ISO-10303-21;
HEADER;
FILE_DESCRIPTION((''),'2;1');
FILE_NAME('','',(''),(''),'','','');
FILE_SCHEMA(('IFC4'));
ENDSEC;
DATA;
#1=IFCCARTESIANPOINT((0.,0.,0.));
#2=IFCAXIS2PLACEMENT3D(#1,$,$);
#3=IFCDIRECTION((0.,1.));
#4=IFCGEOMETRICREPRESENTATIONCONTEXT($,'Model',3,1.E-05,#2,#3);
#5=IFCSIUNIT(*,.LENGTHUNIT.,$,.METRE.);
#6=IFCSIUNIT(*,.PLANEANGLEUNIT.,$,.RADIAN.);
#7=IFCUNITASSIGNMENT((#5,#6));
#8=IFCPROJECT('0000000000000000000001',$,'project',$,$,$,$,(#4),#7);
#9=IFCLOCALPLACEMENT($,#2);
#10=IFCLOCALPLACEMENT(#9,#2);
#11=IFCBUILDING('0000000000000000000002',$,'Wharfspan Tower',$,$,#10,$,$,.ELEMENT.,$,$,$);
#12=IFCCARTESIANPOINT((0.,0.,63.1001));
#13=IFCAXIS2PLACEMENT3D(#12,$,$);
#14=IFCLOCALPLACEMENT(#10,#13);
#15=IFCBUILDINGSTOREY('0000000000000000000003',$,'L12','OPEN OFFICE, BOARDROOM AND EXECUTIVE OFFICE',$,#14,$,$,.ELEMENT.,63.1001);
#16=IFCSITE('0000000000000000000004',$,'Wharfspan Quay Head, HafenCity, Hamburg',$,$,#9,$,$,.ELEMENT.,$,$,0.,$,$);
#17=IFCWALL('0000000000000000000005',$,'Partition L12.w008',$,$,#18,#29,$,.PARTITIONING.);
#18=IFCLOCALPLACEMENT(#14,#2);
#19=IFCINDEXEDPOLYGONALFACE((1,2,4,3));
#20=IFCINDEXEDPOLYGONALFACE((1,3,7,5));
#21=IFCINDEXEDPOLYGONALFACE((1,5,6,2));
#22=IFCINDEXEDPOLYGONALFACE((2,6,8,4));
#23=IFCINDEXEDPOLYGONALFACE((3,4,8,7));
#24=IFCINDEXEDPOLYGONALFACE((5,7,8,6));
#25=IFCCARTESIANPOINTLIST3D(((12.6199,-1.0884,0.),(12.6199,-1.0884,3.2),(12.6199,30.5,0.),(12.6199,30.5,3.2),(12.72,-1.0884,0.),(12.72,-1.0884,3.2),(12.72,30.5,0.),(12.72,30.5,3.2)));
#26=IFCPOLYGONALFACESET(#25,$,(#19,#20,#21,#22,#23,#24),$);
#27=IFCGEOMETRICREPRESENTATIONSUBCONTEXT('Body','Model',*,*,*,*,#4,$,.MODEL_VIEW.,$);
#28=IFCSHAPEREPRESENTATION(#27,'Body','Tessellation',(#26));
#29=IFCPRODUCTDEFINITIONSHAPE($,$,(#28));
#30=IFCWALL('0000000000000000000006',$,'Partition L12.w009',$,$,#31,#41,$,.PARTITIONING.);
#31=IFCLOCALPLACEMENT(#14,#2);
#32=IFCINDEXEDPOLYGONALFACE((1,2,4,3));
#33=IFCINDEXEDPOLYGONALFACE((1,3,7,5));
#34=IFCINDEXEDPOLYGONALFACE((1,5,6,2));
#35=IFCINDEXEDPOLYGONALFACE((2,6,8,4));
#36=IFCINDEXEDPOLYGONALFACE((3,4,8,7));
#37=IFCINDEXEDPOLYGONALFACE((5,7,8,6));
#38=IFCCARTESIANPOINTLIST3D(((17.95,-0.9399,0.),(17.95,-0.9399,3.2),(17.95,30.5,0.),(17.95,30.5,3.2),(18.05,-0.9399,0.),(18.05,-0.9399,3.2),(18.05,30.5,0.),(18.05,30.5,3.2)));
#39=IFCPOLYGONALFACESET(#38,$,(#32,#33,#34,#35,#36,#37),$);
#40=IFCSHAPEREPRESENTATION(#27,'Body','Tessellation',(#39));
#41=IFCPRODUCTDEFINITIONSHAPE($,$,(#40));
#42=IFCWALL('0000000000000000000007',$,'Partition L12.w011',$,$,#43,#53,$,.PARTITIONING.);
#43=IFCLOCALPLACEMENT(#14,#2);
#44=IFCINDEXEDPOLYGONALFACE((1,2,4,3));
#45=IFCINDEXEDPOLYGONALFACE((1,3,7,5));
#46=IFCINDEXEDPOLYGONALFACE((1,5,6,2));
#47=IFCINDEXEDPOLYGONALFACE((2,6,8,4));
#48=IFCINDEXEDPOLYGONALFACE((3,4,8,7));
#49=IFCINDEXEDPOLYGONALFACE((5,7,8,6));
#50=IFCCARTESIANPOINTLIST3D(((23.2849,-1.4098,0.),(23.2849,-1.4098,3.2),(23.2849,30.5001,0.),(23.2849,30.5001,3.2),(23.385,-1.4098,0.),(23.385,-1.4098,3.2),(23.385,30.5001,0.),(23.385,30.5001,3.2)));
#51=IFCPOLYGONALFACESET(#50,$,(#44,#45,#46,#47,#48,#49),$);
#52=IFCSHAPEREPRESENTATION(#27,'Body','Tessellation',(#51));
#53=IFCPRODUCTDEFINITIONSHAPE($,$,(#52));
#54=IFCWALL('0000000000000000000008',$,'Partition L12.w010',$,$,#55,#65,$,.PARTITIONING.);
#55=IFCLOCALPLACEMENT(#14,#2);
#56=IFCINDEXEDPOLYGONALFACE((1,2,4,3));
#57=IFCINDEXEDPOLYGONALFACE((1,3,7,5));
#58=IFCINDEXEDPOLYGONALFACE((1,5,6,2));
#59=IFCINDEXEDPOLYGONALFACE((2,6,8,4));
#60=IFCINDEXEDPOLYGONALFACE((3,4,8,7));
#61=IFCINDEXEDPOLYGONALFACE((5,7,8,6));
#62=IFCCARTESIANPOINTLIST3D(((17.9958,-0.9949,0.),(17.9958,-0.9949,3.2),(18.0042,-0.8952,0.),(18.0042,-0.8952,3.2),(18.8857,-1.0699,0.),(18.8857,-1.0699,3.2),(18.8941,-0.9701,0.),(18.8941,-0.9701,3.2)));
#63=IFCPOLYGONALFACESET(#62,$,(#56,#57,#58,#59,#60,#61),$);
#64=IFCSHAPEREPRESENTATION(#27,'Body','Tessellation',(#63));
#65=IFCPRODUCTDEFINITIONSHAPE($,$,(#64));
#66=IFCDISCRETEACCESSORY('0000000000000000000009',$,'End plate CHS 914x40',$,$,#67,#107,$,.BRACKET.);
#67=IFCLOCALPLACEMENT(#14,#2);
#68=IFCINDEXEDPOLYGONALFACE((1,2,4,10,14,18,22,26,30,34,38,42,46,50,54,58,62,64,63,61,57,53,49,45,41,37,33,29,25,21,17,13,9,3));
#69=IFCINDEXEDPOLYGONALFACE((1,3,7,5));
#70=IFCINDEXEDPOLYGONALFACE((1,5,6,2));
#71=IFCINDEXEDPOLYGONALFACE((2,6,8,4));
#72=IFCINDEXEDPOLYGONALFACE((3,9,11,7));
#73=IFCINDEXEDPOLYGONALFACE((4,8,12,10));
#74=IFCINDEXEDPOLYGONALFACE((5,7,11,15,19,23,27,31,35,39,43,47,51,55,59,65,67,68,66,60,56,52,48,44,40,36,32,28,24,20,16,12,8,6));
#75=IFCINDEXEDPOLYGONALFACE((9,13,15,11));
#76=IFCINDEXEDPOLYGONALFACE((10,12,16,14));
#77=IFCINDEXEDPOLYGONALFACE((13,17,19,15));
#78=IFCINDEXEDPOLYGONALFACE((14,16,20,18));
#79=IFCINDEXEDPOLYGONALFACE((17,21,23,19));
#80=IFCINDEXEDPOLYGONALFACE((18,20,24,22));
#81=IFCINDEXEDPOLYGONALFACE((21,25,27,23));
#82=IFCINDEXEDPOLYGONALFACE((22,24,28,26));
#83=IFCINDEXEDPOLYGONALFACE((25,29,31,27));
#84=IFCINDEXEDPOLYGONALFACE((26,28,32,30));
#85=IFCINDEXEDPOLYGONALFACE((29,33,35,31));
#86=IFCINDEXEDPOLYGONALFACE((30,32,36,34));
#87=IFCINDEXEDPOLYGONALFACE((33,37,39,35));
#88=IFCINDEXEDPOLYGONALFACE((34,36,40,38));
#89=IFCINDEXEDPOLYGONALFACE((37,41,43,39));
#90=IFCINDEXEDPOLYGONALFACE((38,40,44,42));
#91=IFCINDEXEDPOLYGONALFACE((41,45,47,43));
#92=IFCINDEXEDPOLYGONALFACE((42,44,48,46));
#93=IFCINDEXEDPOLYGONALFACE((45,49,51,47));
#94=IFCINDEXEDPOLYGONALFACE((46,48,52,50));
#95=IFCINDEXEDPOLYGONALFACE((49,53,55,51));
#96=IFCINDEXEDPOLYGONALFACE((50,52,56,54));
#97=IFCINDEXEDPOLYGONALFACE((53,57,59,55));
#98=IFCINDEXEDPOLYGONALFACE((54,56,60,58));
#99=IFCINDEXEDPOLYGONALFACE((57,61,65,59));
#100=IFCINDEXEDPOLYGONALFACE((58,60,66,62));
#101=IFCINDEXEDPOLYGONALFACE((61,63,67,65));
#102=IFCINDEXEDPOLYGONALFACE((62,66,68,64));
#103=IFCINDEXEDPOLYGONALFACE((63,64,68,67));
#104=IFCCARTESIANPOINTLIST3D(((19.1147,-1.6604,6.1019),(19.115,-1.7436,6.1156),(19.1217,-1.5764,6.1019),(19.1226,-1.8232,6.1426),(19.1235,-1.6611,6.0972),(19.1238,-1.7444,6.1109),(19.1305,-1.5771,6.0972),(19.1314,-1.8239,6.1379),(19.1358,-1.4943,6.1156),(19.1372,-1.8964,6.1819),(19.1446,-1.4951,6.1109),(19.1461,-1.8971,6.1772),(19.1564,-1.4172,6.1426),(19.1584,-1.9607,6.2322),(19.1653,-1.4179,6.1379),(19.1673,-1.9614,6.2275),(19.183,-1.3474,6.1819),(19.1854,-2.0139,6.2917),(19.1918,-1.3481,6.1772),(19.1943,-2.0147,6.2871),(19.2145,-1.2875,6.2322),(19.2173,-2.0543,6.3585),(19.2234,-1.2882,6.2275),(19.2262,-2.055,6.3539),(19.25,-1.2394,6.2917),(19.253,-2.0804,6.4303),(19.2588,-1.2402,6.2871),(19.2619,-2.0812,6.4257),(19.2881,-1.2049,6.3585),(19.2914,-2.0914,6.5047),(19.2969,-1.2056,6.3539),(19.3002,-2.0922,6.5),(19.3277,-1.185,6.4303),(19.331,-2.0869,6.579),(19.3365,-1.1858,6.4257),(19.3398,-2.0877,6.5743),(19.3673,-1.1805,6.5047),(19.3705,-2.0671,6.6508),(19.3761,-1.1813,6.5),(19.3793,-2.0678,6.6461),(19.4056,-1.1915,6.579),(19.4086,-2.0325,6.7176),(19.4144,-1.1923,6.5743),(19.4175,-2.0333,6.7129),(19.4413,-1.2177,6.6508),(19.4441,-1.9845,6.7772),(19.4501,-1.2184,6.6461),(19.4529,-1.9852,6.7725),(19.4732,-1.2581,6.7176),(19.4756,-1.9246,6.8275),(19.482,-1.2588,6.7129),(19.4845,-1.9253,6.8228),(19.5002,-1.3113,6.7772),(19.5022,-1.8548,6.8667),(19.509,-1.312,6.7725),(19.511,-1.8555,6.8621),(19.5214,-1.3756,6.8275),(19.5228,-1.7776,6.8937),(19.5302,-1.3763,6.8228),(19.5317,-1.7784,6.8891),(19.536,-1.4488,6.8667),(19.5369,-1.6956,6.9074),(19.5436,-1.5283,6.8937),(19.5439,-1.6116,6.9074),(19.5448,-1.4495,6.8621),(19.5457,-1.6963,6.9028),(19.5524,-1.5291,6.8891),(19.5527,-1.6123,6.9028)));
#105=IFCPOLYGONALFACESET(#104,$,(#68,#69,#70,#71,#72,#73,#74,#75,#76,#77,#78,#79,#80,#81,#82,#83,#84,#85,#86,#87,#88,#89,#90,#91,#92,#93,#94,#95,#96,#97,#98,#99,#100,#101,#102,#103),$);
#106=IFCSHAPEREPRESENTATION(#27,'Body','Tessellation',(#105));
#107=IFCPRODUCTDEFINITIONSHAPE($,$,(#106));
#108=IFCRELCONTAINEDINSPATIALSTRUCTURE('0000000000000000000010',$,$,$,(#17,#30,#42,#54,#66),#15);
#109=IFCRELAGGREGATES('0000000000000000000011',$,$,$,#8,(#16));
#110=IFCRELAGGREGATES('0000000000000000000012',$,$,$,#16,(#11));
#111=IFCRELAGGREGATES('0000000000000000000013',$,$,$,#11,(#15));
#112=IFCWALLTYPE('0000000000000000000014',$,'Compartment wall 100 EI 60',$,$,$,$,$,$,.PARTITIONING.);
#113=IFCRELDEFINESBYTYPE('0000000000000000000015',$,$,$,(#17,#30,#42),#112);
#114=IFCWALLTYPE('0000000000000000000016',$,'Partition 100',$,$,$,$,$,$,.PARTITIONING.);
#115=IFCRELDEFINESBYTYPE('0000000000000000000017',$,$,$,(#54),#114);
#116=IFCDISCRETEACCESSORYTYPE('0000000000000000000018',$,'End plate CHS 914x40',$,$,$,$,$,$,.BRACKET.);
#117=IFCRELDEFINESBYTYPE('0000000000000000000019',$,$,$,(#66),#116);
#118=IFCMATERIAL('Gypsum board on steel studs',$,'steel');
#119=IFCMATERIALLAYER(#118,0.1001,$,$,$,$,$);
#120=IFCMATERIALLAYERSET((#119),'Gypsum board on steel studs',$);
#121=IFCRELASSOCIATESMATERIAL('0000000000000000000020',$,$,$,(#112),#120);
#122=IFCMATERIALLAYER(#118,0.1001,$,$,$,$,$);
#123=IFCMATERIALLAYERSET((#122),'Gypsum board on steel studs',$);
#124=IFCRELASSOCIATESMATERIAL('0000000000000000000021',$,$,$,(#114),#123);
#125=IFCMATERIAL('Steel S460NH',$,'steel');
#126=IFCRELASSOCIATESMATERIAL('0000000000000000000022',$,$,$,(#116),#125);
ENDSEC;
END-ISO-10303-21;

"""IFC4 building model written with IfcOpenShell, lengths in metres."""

from ifc_helpers import new_model, si_unit, direction, frame, frame_2d, origin, origin_2d, place, context, subcontext, project, spatial, rectangle, circle, extrude, material, layer, layer_set, material_profile, profile_set, type_object, element, save


model = new_model("IFC4")

# Units and contexts
model_context = context("Model", 3, precision=1e-05, world=origin(), true_north=direction((0.0, 1.0)))
body_context = subcontext(model_context, "Body", "Model", "MODEL_VIEW")
ifc_project = project(units=[si_unit("LENGTHUNIT", "METRE"), si_unit("PLANEANGLEUNIT", "RADIAN")], contexts=[model_context])

# Site, building, storey
site_placement = place(None, origin())
site = spatial("IfcSite", under=ifc_project, at=site_placement, Name="Wharfspan Quay Head, HafenCity, Hamburg", CompositionType="ELEMENT", RefElevation=0.0)
building_placement = place(site_placement, origin())
building = spatial("IfcBuilding", under=site, at=building_placement, Name="Wharfspan Tower", CompositionType="ELEMENT")
storey_placement = place(building_placement, frame((0.0, 0.0, 63.1001)))
storey = spatial("IfcBuildingStorey", under=building, at=storey_placement, Name="L12", Description="OPEN OFFICE, BOARDROOM AND EXECUTIVE OFFICE", CompositionType="ELEMENT", Elevation=63.1001)

# Shared definitions
ifc_material_1 = material(Name="Steel S460NH", Category="steel")

# Walls
ifc_material_2 = material(Name="Gypsum board on steel studs", Category="steel")
ifc_layer_1 = layer(ifc_material_2, 0.1001)
ifc_layer_set_1 = layer_set([ifc_layer_1], Name="Gypsum board on steel studs")
wall_type_1 = type_object("IfcWallType", Name="Compartment wall 100 EI 60", PredefinedType="PARTITIONING", material=ifc_layer_set_1)
wall_1_placement = place(storey_placement, frame((12.6699, -1.0884, 0.0), z_axis=(0.0, 0.0, 1.0), x_axis=(0.0, 1.0, 0.0)))
element("IfcWall", 1, at=wall_1_placement, inside=storey, type_object=wall_type_1, Name="Partition L12.w008", PredefinedType="PARTITIONING", context=body_context, shape_type="SweptSolid", body=[
    extrude(rectangle(XDim=31.5884, YDim=0.1001, at=frame_2d((15.7942, 0.0))), origin(), (0.0, 0.0, 1.0), 3.2),
])
wall_2_placement = place(storey_placement, frame((18.0, -0.9399, 0.0), z_axis=(0.0, 0.0, 1.0), x_axis=(0.0, 1.0, 0.0)))
element("IfcWall", 2, at=wall_2_placement, inside=storey, type_object=wall_type_1, Name="Partition L12.w009", PredefinedType="PARTITIONING", context=body_context, shape_type="SweptSolid", body=[
    extrude(rectangle(XDim=31.4399, YDim=0.1001, at=frame_2d((15.72, 0.0))), origin(), (0.0, 0.0, 1.0), 3.2),
])
wall_3_placement = place(storey_placement, frame((23.335, -1.4099, 0.0), z_axis=(0.0, 0.0, 1.0), x_axis=(0.0, 1.0, 0.0)))
element("IfcWall", 3, at=wall_3_placement, inside=storey, type_object=wall_type_1, Name="Partition L12.w011", PredefinedType="PARTITIONING", context=body_context, shape_type="SweptSolid", body=[
    extrude(rectangle(XDim=31.9099, YDim=0.1001, at=frame_2d((15.9551, 0.0))), origin(), (0.0, 0.0, 1.0), 3.2),
])
ifc_layer_2 = layer(ifc_material_2, 0.1001)
ifc_layer_set_2 = layer_set([ifc_layer_2], Name="Gypsum board on steel studs")
wall_type_2 = type_object("IfcWallType", Name="Partition 100", PredefinedType="PARTITIONING", material=ifc_layer_set_2)
wall_4_placement = place(storey_placement, frame((18.8899, -1.02, 0.0), z_axis=(0.0, 0.0, 1.0), x_axis=(-0.996474, 0.083928, 0.0)))
element("IfcWall", 4, at=wall_4_placement, inside=storey, type_object=wall_type_2, Name="Partition L12.w010", PredefinedType="PARTITIONING", context=body_context, shape_type="SweptSolid", body=[
    extrude(rectangle(XDim=0.8931, YDim=0.1001, at=frame_2d((0.4465, 0.0))), origin(), (0.0, 0.0, 1.0), 3.2),
])

# Discrete accessory
ifc_material_profile_1 = material_profile(ifc_material_1, circle(Radius=0.457, at=origin_2d()))
ifc_profile_set_1 = profile_set([ifc_material_profile_1], Name="Steel S460NH")
discrete_accessory_type = type_object("IfcDiscreteAccessoryType", Name="End plate CHS 914x40", PredefinedType="BRACKET", material=ifc_profile_set_1)
discrete_accessory_placement = place(storey_placement, frame((19.3381, -1.6367, 6.5), z_axis=(-0.881993, 0.073499, 0.465496), x_axis=(-0.083046, -0.996545, -0.000002)))
element("IfcDiscreteAccessory", 5, at=discrete_accessory_placement, inside=storey, type_object=discrete_accessory_type, Name="End plate CHS 914x40", PredefinedType="BRACKET", context=body_context, shape_type="SweptSolid", body=[
    extrude(circle(Radius=0.457, at=origin_2d()), origin(), (0.0, 0.0, 1.0), 0.01),
])

save(model, "model.ifc")
